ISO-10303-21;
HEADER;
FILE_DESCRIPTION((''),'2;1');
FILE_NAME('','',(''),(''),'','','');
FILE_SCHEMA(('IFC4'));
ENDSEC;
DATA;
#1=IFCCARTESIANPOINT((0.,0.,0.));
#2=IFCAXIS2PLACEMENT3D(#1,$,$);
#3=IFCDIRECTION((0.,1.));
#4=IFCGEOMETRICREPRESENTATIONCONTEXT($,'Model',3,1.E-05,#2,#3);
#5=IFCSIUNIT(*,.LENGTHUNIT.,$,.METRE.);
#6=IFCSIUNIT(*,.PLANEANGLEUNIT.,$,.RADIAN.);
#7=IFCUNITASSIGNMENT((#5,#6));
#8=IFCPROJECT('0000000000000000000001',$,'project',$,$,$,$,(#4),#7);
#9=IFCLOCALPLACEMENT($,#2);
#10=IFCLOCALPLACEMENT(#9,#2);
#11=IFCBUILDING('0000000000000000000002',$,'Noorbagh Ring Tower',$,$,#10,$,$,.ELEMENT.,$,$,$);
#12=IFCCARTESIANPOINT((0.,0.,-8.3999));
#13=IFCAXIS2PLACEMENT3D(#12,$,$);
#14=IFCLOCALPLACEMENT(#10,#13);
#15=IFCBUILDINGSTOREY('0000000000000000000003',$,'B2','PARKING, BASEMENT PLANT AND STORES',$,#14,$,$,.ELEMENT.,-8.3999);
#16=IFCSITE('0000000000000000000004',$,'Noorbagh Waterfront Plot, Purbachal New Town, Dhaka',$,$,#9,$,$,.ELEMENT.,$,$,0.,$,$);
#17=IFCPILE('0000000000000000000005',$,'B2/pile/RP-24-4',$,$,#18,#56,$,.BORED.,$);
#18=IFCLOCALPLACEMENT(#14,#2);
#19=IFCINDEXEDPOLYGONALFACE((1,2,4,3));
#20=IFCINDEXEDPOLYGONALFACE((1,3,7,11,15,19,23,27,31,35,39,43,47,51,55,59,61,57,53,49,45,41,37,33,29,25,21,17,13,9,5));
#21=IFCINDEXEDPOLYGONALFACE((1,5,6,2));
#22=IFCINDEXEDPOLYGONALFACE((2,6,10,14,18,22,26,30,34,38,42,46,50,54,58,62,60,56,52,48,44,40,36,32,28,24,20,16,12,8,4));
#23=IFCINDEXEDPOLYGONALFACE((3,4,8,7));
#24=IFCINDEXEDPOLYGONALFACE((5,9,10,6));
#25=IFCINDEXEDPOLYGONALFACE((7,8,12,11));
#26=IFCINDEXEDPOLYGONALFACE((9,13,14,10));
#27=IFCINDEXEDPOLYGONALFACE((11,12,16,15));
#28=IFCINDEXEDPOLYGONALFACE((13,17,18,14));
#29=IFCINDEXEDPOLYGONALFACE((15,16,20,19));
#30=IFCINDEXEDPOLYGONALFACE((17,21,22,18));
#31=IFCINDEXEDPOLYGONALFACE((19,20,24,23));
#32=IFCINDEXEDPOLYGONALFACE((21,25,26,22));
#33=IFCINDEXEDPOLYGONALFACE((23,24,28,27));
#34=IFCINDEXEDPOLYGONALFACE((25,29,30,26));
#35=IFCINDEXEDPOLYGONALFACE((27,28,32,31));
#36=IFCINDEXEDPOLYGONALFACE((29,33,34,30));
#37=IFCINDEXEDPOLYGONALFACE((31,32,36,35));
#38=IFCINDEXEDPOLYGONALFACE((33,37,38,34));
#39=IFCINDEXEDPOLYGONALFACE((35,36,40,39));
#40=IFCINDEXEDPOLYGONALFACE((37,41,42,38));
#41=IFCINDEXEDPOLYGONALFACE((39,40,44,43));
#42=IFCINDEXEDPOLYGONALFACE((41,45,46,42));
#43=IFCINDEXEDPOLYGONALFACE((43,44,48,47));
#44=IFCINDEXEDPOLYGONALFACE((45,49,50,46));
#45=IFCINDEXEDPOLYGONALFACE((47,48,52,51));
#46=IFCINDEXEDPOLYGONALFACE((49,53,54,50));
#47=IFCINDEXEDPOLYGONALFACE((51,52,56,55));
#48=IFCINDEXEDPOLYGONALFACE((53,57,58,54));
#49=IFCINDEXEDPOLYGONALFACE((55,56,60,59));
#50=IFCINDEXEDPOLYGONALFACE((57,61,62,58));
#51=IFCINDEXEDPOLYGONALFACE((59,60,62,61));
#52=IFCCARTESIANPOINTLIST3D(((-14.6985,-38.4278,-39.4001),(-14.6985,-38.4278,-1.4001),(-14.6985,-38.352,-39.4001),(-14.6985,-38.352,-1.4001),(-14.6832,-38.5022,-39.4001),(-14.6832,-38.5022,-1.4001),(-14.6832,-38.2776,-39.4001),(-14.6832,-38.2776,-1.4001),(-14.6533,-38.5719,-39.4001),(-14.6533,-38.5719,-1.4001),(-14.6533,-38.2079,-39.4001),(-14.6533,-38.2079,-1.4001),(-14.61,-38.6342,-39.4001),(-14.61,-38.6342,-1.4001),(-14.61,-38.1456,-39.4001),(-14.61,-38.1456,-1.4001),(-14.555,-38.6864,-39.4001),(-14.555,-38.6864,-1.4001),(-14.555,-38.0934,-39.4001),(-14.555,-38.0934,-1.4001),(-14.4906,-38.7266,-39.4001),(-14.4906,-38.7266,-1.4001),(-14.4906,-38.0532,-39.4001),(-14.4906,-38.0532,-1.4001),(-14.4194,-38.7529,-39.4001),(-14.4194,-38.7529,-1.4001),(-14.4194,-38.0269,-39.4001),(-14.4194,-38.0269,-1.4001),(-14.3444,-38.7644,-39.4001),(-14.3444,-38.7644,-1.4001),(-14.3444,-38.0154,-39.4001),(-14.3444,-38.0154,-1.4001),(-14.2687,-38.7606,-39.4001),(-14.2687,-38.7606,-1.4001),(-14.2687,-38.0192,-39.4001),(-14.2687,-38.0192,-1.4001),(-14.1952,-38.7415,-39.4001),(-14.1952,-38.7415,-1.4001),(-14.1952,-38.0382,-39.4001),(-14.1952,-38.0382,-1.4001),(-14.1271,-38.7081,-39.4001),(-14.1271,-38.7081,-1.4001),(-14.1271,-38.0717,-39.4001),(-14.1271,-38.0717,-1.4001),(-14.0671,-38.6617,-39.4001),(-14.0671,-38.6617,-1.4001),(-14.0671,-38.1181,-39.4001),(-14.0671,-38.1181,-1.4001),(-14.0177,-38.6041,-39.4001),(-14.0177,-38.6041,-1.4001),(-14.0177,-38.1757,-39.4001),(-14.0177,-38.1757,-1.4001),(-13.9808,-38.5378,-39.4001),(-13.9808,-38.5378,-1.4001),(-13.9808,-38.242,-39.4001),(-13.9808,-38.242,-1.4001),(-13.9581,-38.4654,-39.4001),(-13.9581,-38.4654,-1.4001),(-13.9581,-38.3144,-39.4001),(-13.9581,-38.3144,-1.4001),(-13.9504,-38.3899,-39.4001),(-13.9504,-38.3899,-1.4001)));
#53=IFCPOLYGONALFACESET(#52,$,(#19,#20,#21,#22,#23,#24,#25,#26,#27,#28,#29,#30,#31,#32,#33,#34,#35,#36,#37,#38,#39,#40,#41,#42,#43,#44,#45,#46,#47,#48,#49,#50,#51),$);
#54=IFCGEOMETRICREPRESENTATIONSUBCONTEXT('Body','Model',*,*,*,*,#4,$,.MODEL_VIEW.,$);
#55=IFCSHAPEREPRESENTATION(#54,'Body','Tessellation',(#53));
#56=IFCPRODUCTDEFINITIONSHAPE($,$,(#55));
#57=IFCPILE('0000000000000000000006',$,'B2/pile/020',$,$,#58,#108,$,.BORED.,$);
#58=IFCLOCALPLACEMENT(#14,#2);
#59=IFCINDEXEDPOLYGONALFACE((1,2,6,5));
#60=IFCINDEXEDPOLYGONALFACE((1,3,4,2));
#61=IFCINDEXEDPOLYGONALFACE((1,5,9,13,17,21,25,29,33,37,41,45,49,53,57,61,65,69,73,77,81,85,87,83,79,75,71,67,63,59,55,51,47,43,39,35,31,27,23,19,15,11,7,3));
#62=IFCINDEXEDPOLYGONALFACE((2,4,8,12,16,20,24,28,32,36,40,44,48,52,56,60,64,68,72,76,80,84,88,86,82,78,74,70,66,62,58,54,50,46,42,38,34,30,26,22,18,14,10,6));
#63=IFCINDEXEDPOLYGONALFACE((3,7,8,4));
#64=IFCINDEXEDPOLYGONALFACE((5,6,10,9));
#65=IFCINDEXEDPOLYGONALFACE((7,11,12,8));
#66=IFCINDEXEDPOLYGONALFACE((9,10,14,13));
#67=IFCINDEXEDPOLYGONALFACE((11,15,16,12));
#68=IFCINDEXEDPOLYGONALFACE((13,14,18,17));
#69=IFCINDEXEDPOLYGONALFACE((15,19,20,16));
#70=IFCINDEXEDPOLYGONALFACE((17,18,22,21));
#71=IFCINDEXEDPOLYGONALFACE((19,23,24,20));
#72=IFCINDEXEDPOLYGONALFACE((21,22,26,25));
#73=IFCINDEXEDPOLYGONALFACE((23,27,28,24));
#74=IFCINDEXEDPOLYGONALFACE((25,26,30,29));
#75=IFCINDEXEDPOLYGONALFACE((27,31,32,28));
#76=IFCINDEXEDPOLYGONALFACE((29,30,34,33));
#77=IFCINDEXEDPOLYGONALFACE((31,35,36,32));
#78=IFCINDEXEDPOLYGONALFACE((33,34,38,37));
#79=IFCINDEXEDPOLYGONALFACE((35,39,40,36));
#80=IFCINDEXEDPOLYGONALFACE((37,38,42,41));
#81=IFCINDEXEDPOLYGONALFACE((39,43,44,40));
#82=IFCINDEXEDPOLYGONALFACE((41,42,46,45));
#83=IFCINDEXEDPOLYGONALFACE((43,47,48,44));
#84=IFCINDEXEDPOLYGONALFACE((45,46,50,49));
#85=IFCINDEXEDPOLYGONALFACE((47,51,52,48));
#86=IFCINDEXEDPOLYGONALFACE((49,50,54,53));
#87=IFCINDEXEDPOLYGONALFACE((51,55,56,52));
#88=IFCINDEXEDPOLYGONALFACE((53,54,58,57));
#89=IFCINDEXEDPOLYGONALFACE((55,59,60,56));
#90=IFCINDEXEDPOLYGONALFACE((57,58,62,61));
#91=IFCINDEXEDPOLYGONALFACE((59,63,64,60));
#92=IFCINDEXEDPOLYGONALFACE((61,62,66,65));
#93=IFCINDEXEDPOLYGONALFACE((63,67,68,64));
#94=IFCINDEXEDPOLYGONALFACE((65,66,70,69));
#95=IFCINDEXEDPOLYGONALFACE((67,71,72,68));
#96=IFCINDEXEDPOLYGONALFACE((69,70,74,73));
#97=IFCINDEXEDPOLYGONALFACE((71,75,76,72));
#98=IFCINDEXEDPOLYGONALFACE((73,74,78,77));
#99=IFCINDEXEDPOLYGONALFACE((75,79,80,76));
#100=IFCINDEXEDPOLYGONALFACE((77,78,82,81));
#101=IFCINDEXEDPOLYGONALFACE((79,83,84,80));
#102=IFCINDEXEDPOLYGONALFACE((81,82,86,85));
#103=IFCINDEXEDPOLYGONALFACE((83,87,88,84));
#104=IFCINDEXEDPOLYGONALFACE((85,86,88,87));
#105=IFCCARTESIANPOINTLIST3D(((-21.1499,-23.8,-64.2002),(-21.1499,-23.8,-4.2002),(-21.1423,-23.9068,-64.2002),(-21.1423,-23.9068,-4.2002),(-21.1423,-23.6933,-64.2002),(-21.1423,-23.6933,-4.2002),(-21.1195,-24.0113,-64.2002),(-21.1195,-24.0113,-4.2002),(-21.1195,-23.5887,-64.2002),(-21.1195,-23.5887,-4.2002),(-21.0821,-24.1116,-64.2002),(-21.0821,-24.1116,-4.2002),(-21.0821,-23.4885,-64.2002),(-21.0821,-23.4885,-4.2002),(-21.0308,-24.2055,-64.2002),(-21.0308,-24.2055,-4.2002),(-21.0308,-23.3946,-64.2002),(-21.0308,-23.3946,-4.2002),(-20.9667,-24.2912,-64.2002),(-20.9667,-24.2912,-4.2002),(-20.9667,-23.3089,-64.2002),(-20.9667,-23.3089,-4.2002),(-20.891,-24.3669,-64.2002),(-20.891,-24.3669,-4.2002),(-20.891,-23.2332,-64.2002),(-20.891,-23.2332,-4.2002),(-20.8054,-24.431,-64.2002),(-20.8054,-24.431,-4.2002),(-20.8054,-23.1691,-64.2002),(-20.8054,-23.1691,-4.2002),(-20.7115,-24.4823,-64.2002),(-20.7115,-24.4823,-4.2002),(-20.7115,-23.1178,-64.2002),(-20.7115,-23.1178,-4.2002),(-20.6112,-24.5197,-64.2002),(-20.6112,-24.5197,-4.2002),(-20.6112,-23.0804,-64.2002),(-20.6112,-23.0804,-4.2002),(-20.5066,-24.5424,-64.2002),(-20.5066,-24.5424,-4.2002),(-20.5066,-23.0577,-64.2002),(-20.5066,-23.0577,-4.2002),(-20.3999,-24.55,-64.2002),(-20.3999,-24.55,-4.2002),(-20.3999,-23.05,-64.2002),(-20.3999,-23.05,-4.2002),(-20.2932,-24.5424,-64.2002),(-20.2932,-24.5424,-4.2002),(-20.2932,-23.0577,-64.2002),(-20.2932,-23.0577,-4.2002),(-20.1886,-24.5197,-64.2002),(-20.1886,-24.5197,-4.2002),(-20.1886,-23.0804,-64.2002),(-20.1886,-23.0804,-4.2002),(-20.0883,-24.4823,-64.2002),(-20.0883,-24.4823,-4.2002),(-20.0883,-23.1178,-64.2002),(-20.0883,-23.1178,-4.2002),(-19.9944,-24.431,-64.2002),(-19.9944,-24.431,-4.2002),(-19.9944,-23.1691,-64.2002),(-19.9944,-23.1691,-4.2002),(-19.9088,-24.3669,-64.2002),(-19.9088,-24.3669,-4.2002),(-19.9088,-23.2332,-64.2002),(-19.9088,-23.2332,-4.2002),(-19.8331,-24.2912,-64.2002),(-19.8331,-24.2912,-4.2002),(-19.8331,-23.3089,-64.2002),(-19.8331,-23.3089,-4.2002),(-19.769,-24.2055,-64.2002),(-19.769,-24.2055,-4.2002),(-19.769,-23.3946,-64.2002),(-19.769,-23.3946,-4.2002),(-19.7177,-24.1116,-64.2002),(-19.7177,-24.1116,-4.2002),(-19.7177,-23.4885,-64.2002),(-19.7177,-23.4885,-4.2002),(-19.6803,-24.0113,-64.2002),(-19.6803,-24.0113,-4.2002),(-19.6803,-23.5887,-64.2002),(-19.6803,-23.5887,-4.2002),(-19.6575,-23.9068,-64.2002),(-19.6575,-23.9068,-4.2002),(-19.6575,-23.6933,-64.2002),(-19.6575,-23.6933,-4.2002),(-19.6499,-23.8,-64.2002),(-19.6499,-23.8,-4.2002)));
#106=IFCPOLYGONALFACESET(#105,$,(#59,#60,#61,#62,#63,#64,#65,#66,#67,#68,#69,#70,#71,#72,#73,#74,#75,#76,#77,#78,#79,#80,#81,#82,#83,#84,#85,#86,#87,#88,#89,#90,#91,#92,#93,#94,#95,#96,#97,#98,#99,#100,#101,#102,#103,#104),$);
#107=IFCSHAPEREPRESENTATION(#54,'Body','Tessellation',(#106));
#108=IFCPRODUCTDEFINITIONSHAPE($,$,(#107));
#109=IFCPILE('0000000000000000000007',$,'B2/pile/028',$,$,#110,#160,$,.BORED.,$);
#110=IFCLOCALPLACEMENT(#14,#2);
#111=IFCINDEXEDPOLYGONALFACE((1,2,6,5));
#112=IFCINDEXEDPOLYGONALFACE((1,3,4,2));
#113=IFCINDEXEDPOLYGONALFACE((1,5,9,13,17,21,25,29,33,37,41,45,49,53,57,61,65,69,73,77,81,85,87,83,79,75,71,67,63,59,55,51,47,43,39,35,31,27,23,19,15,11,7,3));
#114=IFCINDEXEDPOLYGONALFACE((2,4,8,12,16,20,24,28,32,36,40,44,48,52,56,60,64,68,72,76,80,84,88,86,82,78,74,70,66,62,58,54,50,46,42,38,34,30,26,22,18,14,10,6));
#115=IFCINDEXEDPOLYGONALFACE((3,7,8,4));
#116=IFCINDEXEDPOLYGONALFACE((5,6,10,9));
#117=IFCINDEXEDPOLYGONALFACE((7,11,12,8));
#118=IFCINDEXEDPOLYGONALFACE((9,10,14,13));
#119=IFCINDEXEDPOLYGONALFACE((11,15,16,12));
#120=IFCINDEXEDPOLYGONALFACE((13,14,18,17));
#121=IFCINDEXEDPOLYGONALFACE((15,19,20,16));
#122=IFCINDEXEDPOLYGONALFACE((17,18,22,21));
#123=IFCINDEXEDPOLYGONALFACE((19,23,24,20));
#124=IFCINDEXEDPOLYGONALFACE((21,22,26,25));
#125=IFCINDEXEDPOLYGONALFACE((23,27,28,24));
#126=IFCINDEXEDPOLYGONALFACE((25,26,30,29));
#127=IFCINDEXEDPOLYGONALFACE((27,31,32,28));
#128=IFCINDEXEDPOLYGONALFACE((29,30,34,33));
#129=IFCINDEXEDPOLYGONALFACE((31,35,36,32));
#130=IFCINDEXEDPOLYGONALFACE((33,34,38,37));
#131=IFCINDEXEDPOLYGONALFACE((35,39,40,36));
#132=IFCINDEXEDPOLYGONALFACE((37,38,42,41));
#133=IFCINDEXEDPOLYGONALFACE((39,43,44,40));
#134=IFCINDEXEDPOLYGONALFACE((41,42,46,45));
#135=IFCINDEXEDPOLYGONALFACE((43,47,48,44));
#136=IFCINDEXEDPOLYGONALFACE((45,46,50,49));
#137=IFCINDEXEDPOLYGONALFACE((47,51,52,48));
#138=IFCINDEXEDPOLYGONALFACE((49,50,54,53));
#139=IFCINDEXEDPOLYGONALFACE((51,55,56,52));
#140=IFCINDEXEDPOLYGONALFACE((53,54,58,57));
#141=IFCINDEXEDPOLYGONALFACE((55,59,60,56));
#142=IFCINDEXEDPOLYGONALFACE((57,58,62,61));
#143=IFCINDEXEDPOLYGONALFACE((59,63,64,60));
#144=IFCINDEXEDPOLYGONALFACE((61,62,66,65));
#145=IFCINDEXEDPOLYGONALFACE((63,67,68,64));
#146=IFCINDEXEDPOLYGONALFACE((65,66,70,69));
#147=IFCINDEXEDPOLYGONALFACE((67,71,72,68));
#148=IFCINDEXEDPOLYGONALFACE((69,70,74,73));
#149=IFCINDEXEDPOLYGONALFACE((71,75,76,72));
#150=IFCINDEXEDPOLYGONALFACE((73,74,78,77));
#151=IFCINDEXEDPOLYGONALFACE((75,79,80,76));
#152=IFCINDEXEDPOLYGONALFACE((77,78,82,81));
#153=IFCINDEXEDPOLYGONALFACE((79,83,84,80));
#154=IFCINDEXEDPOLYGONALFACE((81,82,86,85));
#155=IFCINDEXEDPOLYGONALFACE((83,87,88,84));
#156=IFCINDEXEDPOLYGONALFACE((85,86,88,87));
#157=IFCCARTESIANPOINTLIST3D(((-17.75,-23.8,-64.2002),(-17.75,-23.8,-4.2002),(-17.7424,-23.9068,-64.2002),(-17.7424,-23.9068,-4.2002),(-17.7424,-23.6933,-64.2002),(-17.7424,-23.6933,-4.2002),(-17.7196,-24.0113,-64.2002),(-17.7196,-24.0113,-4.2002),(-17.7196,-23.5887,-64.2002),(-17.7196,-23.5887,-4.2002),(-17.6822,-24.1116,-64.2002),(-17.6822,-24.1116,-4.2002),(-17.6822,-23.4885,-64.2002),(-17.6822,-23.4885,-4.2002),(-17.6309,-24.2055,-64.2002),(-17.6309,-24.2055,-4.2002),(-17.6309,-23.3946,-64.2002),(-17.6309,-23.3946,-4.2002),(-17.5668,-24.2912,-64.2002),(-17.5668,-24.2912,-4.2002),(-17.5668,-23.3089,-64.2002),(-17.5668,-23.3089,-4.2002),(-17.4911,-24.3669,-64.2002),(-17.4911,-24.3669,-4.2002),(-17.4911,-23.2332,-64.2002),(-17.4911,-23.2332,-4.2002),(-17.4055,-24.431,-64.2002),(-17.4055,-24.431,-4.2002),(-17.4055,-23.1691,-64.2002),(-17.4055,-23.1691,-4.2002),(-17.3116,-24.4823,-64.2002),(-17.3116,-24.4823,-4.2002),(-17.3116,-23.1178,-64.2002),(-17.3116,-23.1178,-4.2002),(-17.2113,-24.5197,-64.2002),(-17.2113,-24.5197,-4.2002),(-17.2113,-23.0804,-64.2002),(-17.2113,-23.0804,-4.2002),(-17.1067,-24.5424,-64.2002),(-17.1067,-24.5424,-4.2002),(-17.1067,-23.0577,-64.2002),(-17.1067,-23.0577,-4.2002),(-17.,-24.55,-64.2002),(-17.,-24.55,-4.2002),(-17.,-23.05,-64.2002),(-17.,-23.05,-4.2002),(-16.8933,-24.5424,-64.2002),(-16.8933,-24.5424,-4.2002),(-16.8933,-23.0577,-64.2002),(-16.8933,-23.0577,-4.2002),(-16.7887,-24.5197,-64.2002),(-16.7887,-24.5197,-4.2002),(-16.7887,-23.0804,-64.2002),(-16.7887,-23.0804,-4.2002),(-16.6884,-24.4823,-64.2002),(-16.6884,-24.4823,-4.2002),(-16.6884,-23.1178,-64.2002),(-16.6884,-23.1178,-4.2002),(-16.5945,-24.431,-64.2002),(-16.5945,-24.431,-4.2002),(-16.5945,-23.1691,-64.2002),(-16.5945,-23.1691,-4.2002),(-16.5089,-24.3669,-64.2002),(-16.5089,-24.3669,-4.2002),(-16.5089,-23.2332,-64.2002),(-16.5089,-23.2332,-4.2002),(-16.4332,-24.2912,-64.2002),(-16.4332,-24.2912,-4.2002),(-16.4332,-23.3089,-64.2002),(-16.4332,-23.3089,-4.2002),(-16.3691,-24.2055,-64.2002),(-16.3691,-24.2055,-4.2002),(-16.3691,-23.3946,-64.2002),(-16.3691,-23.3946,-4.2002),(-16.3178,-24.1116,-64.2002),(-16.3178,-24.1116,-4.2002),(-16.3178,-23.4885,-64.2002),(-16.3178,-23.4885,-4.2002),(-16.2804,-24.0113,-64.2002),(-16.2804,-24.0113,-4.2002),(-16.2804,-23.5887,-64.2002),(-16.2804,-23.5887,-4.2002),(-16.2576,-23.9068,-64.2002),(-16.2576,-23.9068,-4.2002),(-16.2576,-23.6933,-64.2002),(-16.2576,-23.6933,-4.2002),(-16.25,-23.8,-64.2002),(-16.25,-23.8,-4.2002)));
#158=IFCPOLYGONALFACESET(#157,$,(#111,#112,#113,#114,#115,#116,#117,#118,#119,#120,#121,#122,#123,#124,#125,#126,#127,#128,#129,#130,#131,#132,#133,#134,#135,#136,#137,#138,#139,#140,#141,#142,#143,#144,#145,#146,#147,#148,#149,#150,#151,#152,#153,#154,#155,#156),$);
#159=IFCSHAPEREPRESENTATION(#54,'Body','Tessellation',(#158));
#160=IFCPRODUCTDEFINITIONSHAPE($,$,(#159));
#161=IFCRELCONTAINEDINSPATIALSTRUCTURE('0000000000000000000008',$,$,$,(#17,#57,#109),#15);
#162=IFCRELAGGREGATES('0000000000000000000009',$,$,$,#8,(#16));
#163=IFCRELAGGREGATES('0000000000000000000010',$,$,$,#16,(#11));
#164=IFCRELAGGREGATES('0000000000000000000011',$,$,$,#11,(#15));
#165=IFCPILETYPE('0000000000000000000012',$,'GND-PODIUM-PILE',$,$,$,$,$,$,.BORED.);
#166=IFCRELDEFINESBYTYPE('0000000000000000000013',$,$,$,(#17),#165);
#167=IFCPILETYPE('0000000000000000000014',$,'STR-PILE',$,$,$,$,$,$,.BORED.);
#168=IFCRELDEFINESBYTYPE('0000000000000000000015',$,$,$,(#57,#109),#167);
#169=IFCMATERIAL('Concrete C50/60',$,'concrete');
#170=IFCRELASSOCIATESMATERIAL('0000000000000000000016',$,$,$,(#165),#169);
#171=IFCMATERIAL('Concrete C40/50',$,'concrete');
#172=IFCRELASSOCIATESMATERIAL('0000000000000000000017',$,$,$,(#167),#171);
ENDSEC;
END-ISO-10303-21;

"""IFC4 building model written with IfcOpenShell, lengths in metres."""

from ifc_helpers import new_model, si_unit, direction, frame, origin, origin_2d, place, context, subcontext, project, spatial, circle, extrude, material, material_profile, profile_set, type_object, element, save


model = new_model("IFC4")

# Units and contexts
model_context = context("Model", 3, precision=1e-05, world=origin(), true_north=direction((0.0, 1.0)))
body_context = subcontext(model_context, "Body", "Model", "MODEL_VIEW")
ifc_project = project(units=[si_unit("LENGTHUNIT", "METRE"), si_unit("PLANEANGLEUNIT", "RADIAN")], contexts=[model_context])

# Site, building, storey
site_placement = place(None, origin())
site = spatial("IfcSite", under=ifc_project, at=site_placement, Name="Noorbagh Waterfront Plot, Purbachal New Town, Dhaka", CompositionType="ELEMENT", RefElevation=0.0)
building_placement = place(site_placement, origin())
building = spatial("IfcBuilding", under=site, at=building_placement, Name="Noorbagh Ring Tower", CompositionType="ELEMENT")
storey_placement = place(building_placement, frame((0.0, 0.0, -8.3999)))
storey = spatial("IfcBuildingStorey", under=building, at=storey_placement, Name="B2", Description="PARKING, BASEMENT PLANT AND STORES", CompositionType="ELEMENT", Elevation=-8.3999)

# Piles
ifc_material_1 = material(Name="Concrete C50/60", Category="concrete")
ifc_material_profile_1 = material_profile(ifc_material_1, circle(Radius=0.375, at=origin_2d()), Name="PILE750")
ifc_profile_set_1 = profile_set([ifc_material_profile_1], Name="Concrete C50/60")
pile_type_1 = type_object("IfcPileType", Name="GND-PODIUM-PILE", PredefinedType="BORED", material=ifc_profile_set_1)
for number, where, z_axis, x_axis, name in (
    (1, (-14.3254, -38.3899, -1.4001), (0.0, 0.0, -1.0), (1.0, 0.0, 0.0), "B2/pile/RP-24-4"),
):
    element("IfcPile", number, at=place(storey_placement, frame(where, z_axis=z_axis, x_axis=x_axis)), inside=storey, type_object=pile_type_1, Name=name, PredefinedType="BORED", context=body_context, shape_type="SweptSolid", body=[
        extrude(circle(Radius=0.375, at=origin_2d()), origin(), (0.0, 0.0, 1.0), 38.0),
    ])
ifc_material_2 = material(Name="Concrete C40/50", Category="concrete")
ifc_material_profile_2 = material_profile(ifc_material_2, circle(Radius=0.75, at=origin_2d()), Name="PILE1500")
ifc_profile_set_2 = profile_set([ifc_material_profile_2], Name="Concrete C40/50")
pile_type_2 = type_object("IfcPileType", Name="STR-PILE", PredefinedType="BORED", material=ifc_profile_set_2)
for number, where, z_axis, x_axis, name in (
    (2, (-20.3999, -23.8, -4.2002), (0.0, 0.0, -1.0), (1.0, 0.0, 0.0), "B2/pile/020"),
    (3, (-17.0, -23.8, -4.2002), (0.0, 0.0, -1.0), (1.0, 0.0, 0.0), "B2/pile/028"),
):
    element("IfcPile", number, at=place(storey_placement, frame(where, z_axis=z_axis, x_axis=x_axis)), inside=storey, type_object=pile_type_2, Name=name, PredefinedType="BORED", context=body_context, shape_type="SweptSolid", body=[
        extrude(circle(Radius=0.75, at=origin_2d()), origin(), (0.0, 0.0, 1.0), 60.0),
    ])

save(model, "model.ifc")
